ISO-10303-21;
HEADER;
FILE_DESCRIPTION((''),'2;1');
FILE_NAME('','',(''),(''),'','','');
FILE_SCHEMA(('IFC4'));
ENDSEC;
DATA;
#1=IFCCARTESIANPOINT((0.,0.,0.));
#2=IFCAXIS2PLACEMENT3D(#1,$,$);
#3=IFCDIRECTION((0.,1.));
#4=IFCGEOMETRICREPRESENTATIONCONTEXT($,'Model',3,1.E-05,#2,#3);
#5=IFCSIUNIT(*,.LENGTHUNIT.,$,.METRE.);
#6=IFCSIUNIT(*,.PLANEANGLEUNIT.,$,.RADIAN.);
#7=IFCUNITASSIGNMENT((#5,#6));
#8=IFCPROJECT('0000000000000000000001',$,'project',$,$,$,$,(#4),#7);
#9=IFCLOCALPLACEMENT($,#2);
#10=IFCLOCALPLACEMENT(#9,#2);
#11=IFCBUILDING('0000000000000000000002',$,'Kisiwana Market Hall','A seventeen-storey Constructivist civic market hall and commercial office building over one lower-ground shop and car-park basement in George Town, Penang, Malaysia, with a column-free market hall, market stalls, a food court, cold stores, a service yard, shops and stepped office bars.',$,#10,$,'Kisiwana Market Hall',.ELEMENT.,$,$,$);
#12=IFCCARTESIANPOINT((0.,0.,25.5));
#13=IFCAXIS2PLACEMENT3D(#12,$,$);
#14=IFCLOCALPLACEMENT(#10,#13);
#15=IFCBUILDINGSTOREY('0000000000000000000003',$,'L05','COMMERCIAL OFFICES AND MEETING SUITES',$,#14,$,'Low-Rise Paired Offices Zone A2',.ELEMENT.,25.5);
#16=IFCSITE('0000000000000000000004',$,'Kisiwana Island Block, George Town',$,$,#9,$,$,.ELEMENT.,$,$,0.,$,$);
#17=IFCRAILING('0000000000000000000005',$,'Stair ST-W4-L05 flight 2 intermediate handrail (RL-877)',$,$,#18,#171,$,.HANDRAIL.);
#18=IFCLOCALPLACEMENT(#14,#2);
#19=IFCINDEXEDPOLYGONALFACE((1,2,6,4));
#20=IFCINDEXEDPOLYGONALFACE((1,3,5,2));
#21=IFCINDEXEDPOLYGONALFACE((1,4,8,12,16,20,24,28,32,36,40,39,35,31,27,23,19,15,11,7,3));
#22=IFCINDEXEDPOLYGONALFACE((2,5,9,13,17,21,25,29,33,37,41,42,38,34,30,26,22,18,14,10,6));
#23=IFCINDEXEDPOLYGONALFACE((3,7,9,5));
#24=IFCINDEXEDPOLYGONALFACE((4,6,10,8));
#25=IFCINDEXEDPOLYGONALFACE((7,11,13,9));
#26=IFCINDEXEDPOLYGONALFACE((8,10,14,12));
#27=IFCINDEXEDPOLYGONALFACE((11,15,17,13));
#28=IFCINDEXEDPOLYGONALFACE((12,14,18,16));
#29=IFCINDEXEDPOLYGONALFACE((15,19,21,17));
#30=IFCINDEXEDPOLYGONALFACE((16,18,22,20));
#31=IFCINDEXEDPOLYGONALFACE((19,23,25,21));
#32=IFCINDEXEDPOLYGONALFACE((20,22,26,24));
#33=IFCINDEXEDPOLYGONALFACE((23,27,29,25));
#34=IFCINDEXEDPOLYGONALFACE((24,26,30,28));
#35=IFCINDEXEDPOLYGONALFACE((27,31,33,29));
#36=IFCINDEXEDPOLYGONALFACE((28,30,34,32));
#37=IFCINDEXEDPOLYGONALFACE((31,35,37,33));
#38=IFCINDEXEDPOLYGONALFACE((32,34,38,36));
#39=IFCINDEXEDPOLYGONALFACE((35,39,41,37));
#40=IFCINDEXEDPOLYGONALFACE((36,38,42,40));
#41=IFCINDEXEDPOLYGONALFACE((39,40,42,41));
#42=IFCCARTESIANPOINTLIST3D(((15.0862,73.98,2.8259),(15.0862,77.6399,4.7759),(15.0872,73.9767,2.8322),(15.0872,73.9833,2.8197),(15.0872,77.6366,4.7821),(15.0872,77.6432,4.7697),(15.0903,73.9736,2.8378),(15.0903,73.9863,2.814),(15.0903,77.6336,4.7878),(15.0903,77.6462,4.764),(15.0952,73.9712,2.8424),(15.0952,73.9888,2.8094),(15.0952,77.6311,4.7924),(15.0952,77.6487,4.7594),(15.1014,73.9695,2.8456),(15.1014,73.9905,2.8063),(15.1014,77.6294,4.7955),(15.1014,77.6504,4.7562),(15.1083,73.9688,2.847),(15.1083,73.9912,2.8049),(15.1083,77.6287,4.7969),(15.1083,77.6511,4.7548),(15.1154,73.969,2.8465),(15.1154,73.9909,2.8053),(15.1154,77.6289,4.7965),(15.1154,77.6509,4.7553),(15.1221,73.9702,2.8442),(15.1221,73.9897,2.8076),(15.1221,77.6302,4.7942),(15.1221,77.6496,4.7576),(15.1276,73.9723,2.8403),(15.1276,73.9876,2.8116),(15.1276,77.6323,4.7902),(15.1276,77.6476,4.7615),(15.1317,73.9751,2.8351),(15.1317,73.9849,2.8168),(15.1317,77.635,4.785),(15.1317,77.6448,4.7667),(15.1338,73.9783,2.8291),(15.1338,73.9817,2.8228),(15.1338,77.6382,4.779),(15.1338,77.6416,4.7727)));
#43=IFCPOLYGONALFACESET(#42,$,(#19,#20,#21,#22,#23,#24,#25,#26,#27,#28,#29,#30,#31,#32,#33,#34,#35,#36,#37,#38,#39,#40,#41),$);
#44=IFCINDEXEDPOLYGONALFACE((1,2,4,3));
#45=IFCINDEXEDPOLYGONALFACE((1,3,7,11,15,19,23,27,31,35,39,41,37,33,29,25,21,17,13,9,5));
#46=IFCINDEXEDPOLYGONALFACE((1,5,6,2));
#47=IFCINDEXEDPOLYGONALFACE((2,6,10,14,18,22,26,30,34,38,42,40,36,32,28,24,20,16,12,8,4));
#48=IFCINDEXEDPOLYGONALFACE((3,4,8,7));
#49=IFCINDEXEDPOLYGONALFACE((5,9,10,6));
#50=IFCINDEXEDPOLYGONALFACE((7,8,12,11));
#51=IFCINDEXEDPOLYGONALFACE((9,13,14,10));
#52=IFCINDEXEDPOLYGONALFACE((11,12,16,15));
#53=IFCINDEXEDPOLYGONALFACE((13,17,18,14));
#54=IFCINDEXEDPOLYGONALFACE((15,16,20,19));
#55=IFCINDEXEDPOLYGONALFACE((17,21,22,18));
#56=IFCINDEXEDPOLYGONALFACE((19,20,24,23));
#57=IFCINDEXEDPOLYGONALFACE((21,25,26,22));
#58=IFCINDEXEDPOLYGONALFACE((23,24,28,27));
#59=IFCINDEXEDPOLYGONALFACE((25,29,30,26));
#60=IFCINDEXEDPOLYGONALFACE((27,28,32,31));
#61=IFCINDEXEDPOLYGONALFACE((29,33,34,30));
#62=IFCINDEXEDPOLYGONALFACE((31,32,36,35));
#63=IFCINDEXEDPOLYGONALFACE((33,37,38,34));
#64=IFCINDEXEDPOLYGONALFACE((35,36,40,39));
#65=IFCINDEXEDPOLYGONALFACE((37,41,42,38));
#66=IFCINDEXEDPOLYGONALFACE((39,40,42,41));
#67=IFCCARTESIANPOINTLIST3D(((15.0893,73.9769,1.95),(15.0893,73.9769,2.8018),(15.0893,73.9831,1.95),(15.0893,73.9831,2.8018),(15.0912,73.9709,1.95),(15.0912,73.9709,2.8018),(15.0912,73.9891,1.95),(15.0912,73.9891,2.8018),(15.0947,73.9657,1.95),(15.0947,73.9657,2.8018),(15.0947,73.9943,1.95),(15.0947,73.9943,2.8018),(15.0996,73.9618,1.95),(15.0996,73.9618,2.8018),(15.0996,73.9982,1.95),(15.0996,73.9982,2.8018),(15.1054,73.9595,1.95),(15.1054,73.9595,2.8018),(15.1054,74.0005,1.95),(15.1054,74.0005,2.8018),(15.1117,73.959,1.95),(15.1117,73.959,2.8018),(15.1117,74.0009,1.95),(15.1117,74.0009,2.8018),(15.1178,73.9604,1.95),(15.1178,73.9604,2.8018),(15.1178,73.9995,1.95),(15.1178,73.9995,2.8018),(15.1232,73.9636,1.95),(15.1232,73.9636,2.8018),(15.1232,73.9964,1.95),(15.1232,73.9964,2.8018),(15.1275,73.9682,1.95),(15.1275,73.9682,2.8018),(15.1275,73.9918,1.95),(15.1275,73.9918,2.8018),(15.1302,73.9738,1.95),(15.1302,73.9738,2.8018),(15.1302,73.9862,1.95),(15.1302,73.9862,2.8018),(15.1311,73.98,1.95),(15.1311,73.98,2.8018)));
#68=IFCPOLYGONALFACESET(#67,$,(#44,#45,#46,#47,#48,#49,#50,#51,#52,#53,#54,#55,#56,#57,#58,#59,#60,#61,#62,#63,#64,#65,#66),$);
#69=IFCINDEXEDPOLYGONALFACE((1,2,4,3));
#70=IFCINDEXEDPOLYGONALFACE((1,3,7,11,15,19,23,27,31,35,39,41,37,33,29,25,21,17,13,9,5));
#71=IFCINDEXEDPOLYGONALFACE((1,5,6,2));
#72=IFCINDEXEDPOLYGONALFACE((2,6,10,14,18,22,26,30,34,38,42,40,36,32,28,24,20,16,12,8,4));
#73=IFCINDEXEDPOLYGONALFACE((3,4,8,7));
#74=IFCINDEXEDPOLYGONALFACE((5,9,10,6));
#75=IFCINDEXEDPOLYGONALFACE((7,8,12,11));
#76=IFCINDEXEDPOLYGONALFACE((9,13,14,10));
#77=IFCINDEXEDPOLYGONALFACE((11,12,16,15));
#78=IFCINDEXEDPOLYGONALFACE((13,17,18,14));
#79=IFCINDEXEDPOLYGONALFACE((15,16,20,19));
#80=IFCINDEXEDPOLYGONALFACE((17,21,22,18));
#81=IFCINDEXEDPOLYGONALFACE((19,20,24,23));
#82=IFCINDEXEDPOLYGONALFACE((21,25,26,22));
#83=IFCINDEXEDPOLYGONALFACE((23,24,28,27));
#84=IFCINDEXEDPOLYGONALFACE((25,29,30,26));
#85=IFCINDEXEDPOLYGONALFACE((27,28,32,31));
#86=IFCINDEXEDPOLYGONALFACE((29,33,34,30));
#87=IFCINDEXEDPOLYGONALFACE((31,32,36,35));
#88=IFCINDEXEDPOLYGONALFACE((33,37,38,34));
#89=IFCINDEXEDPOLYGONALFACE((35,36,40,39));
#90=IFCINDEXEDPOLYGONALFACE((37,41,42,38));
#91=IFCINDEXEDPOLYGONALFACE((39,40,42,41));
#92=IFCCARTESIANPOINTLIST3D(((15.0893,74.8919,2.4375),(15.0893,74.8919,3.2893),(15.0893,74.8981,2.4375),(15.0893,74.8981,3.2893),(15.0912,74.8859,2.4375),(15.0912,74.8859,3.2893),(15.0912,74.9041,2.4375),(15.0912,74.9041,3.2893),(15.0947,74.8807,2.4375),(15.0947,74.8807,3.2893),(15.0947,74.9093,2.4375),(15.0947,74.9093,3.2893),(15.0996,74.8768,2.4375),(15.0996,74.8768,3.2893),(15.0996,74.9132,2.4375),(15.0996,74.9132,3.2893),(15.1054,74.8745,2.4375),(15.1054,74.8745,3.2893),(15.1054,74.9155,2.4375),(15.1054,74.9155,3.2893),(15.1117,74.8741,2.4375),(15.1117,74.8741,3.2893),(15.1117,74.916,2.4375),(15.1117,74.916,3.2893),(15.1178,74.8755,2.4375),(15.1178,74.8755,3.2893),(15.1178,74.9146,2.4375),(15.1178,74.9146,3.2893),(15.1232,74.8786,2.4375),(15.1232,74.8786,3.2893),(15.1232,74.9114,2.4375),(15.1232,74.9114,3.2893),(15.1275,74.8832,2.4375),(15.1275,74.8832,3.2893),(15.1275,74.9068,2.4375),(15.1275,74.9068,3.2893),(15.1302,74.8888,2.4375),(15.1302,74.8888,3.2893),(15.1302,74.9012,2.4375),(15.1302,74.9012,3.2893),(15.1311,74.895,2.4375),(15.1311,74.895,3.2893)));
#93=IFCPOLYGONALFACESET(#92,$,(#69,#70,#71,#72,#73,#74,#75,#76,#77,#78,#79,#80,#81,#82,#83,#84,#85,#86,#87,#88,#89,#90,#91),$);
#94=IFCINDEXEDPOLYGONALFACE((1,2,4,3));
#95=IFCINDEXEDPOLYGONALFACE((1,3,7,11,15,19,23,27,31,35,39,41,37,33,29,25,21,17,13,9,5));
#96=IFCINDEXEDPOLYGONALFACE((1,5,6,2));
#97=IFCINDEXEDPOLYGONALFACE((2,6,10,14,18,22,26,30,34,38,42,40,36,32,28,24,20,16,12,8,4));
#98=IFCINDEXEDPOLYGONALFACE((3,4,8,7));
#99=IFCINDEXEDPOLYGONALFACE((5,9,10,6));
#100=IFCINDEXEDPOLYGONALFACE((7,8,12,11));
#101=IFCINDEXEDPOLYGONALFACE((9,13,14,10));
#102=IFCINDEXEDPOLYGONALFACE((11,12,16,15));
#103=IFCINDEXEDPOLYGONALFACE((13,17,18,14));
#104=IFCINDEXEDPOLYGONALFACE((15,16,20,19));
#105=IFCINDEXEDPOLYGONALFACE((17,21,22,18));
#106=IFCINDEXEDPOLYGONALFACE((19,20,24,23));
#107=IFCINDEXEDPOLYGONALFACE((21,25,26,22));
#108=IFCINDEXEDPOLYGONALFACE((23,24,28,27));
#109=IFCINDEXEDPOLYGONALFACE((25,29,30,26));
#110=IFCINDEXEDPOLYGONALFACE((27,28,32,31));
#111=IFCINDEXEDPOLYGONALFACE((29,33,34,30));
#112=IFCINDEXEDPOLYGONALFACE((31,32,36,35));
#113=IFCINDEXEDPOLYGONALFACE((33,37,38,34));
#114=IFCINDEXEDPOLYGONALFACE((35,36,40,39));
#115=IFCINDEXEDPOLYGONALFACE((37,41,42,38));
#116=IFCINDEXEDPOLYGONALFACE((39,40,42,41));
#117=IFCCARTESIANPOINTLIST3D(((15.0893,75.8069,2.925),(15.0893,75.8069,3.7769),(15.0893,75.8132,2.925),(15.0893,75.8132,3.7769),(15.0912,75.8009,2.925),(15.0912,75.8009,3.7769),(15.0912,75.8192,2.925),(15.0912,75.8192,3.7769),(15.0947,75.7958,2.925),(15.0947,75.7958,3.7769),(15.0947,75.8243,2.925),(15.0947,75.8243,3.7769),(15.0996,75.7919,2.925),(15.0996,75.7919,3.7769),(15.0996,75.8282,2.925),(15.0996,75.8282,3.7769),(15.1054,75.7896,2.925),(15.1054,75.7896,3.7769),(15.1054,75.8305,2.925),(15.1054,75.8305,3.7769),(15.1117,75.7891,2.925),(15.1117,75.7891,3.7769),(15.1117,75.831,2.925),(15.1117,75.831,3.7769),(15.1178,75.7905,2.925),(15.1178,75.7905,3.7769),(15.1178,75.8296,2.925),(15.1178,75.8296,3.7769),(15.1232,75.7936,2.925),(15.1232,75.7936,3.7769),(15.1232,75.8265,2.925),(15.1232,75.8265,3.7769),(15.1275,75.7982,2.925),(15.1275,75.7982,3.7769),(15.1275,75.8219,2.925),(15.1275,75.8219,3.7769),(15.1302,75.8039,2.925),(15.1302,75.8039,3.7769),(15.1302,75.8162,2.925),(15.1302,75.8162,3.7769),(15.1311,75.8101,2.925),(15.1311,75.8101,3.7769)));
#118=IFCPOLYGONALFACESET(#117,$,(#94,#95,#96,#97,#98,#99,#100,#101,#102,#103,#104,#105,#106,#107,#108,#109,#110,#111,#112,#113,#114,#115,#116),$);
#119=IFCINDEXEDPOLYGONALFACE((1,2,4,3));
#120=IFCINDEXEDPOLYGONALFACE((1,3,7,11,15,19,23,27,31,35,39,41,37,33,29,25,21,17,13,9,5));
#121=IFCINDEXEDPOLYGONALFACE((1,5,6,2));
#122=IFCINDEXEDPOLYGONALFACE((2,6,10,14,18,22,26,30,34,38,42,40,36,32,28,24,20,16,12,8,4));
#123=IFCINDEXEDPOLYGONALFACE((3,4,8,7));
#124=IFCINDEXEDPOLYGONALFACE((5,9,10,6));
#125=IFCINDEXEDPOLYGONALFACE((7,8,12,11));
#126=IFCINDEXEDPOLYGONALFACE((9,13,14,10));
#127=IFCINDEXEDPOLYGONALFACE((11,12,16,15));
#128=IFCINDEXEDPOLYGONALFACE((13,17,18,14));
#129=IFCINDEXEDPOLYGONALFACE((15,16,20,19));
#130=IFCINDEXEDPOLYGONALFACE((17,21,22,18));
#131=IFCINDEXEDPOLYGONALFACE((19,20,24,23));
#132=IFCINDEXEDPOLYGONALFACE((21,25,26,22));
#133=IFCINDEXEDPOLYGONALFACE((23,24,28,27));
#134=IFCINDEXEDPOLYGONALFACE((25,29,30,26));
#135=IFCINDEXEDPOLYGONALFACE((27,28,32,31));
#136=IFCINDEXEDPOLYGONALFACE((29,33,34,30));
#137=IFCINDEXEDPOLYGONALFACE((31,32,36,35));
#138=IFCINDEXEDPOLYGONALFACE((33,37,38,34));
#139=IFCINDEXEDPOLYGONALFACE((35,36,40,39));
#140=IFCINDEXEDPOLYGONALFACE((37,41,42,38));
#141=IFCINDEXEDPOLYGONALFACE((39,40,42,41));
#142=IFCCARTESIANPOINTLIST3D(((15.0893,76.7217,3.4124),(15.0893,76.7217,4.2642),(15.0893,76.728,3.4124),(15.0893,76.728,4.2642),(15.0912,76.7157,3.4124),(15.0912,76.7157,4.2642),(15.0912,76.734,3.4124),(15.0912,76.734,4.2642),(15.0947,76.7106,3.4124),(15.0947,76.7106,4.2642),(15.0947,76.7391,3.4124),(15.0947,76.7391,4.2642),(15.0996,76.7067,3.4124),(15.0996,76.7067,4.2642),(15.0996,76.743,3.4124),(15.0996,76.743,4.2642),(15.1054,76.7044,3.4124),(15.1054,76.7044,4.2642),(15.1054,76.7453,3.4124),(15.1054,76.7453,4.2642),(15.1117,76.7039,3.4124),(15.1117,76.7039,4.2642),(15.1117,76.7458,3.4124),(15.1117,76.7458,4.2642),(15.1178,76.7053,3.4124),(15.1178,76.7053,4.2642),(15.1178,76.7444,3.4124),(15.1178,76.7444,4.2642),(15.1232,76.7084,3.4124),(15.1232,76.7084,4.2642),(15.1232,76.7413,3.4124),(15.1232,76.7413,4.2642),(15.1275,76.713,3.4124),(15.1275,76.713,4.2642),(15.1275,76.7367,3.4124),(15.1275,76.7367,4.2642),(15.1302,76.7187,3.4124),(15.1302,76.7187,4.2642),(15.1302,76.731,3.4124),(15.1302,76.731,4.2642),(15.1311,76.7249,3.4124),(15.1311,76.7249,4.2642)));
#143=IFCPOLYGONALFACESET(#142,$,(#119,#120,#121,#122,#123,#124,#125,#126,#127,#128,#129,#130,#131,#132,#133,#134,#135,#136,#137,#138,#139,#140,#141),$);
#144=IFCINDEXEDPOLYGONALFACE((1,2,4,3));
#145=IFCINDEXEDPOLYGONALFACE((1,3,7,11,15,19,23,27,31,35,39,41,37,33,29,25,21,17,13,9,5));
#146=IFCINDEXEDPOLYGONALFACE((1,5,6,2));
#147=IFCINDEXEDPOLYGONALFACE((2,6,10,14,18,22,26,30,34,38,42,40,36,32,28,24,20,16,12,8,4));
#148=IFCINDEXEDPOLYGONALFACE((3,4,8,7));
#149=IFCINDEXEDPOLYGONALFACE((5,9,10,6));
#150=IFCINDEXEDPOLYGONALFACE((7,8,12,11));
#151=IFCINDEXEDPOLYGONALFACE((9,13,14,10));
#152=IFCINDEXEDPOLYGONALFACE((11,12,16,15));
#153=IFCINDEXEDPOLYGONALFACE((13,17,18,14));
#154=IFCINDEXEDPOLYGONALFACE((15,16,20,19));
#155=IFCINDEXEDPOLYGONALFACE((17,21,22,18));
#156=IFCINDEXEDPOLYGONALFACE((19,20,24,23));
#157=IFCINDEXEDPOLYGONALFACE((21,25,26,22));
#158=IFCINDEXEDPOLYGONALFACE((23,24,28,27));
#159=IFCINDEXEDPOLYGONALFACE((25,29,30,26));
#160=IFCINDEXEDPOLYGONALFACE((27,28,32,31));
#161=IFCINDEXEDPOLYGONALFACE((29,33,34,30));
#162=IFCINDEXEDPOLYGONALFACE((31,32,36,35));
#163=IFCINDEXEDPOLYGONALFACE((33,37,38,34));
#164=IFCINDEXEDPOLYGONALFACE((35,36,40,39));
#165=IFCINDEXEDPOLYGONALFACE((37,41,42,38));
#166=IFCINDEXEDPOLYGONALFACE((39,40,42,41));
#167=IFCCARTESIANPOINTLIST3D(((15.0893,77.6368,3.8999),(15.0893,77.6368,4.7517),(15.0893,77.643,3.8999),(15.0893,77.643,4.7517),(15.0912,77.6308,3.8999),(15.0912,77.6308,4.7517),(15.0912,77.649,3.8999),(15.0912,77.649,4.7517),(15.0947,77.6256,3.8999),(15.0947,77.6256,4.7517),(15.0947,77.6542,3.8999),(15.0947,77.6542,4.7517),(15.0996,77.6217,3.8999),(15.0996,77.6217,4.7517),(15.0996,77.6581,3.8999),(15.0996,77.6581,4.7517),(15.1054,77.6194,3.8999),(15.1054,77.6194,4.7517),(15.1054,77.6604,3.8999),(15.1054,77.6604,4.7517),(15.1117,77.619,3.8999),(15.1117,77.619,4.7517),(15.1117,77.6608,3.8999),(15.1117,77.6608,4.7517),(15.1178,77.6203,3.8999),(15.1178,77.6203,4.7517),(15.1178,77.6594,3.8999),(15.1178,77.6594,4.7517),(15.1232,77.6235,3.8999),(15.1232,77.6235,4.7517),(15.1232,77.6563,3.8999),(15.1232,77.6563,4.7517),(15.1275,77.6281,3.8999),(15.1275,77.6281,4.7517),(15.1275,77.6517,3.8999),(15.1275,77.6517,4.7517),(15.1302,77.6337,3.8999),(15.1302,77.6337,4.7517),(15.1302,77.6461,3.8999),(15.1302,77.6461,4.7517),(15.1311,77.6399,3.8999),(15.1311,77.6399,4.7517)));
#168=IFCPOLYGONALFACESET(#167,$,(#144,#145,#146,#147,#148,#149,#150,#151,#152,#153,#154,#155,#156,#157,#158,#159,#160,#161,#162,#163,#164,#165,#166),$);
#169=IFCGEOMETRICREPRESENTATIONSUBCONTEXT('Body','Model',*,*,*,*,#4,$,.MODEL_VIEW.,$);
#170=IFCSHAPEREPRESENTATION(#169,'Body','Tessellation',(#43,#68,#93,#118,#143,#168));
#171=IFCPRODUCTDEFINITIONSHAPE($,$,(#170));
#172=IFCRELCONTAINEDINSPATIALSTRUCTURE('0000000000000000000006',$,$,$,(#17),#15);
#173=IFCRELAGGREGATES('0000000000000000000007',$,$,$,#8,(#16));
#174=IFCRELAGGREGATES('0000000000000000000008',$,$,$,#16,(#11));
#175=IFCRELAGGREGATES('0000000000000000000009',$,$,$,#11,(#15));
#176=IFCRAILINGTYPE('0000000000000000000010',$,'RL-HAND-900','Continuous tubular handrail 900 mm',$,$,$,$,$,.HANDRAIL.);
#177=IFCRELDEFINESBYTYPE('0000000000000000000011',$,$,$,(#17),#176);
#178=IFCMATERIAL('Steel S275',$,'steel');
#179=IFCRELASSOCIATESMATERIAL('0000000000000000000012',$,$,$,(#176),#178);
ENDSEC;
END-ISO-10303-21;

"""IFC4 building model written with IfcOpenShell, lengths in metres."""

from ifc_helpers import new_model, si_unit, direction, frame, origin, origin_2d, place, context, subcontext, project, spatial, circle, extrude, material, type_object, element, save


model = new_model("IFC4")

# Units and contexts
model_context = context("Model", 3, precision=1e-05, world=origin(), true_north=direction((0.0, 1.0)))
body_context = subcontext(model_context, "Body", "Model", "MODEL_VIEW")
ifc_project = project(units=[si_unit("LENGTHUNIT", "METRE"), si_unit("PLANEANGLEUNIT", "RADIAN")], contexts=[model_context])

# Site, building, storey
site_placement = place(None, origin())
site = spatial("IfcSite", under=ifc_project, at=site_placement, Name="Kisiwana Island Block, George Town", CompositionType="ELEMENT", RefElevation=0.0)
building_placement = place(site_placement, origin())
building = spatial("IfcBuilding", under=site, at=building_placement, Name="Kisiwana Market Hall", Description="A seventeen-storey Constructivist civic market hall and commercial office building over one lower-ground shop and car-park basement in George Town, Penang, Malaysia, with a column-free market hall, market stalls, a food court, cold stores, a service yard, shops and stepped office bars.", LongName="Kisiwana Market Hall", CompositionType="ELEMENT")
storey_placement = place(building_placement, frame((0.0, 0.0, 25.5)))
storey = spatial("IfcBuildingStorey", under=building, at=storey_placement, Name="L05", Description="COMMERCIAL OFFICES AND MEETING SUITES", LongName="Low-Rise Paired Offices Zone A2", CompositionType="ELEMENT", Elevation=25.5)

# Railing
ifc_material_1 = material(Name="Steel S275", Category="steel")
railing_type_1 = type_object("IfcRailingType", Name="RL-HAND-900", Description="Continuous tubular handrail 900 mm", PredefinedType="HANDRAIL", material=ifc_material_1)
for number, where, name in (
    (1, (15.1101, 73.98, 1.95), "Stair ST-W4-L05 flight 2 intermediate handrail (RL-877)"),
):
    element("IfcRailing", number, at=place(storey_placement, frame(where)), inside=storey, type_object=railing_type_1, Name=name, PredefinedType="HANDRAIL", context=body_context, shape_type="SweptSolid", body=[
        extrude(circle(Radius=0.0239, at=origin_2d()), frame((0.0, 0.0, 0.876), z_axis=(0.0, 0.882553, 0.470212), x_axis=(-1.0, 0.0, 0.0)), (0.0, 0.0, 1.0), 4.147),
        extrude(circle(Radius=0.021, at=origin_2d()), origin(), (0.0, 0.0, 1.0), 0.8518),
        extrude(circle(Radius=0.021, at=origin_2d()), frame((0.0, 0.915, 0.4875)), (0.0, 0.0, 1.0), 0.8518),
        extrude(circle(Radius=0.021, at=origin_2d()), frame((0.0, 1.8301, 0.9751)), (0.0, 0.0, 1.0), 0.8518),
        extrude(circle(Radius=0.021, at=origin_2d()), frame((0.0, 2.7449, 1.4624)), (0.0, 0.0, 1.0), 0.8518),
        extrude(circle(Radius=0.021, at=origin_2d()), frame((0.0, 3.6599, 1.95)), (0.0, 0.0, 1.0), 0.8518),
    ])

save(model, "model.ifc")
